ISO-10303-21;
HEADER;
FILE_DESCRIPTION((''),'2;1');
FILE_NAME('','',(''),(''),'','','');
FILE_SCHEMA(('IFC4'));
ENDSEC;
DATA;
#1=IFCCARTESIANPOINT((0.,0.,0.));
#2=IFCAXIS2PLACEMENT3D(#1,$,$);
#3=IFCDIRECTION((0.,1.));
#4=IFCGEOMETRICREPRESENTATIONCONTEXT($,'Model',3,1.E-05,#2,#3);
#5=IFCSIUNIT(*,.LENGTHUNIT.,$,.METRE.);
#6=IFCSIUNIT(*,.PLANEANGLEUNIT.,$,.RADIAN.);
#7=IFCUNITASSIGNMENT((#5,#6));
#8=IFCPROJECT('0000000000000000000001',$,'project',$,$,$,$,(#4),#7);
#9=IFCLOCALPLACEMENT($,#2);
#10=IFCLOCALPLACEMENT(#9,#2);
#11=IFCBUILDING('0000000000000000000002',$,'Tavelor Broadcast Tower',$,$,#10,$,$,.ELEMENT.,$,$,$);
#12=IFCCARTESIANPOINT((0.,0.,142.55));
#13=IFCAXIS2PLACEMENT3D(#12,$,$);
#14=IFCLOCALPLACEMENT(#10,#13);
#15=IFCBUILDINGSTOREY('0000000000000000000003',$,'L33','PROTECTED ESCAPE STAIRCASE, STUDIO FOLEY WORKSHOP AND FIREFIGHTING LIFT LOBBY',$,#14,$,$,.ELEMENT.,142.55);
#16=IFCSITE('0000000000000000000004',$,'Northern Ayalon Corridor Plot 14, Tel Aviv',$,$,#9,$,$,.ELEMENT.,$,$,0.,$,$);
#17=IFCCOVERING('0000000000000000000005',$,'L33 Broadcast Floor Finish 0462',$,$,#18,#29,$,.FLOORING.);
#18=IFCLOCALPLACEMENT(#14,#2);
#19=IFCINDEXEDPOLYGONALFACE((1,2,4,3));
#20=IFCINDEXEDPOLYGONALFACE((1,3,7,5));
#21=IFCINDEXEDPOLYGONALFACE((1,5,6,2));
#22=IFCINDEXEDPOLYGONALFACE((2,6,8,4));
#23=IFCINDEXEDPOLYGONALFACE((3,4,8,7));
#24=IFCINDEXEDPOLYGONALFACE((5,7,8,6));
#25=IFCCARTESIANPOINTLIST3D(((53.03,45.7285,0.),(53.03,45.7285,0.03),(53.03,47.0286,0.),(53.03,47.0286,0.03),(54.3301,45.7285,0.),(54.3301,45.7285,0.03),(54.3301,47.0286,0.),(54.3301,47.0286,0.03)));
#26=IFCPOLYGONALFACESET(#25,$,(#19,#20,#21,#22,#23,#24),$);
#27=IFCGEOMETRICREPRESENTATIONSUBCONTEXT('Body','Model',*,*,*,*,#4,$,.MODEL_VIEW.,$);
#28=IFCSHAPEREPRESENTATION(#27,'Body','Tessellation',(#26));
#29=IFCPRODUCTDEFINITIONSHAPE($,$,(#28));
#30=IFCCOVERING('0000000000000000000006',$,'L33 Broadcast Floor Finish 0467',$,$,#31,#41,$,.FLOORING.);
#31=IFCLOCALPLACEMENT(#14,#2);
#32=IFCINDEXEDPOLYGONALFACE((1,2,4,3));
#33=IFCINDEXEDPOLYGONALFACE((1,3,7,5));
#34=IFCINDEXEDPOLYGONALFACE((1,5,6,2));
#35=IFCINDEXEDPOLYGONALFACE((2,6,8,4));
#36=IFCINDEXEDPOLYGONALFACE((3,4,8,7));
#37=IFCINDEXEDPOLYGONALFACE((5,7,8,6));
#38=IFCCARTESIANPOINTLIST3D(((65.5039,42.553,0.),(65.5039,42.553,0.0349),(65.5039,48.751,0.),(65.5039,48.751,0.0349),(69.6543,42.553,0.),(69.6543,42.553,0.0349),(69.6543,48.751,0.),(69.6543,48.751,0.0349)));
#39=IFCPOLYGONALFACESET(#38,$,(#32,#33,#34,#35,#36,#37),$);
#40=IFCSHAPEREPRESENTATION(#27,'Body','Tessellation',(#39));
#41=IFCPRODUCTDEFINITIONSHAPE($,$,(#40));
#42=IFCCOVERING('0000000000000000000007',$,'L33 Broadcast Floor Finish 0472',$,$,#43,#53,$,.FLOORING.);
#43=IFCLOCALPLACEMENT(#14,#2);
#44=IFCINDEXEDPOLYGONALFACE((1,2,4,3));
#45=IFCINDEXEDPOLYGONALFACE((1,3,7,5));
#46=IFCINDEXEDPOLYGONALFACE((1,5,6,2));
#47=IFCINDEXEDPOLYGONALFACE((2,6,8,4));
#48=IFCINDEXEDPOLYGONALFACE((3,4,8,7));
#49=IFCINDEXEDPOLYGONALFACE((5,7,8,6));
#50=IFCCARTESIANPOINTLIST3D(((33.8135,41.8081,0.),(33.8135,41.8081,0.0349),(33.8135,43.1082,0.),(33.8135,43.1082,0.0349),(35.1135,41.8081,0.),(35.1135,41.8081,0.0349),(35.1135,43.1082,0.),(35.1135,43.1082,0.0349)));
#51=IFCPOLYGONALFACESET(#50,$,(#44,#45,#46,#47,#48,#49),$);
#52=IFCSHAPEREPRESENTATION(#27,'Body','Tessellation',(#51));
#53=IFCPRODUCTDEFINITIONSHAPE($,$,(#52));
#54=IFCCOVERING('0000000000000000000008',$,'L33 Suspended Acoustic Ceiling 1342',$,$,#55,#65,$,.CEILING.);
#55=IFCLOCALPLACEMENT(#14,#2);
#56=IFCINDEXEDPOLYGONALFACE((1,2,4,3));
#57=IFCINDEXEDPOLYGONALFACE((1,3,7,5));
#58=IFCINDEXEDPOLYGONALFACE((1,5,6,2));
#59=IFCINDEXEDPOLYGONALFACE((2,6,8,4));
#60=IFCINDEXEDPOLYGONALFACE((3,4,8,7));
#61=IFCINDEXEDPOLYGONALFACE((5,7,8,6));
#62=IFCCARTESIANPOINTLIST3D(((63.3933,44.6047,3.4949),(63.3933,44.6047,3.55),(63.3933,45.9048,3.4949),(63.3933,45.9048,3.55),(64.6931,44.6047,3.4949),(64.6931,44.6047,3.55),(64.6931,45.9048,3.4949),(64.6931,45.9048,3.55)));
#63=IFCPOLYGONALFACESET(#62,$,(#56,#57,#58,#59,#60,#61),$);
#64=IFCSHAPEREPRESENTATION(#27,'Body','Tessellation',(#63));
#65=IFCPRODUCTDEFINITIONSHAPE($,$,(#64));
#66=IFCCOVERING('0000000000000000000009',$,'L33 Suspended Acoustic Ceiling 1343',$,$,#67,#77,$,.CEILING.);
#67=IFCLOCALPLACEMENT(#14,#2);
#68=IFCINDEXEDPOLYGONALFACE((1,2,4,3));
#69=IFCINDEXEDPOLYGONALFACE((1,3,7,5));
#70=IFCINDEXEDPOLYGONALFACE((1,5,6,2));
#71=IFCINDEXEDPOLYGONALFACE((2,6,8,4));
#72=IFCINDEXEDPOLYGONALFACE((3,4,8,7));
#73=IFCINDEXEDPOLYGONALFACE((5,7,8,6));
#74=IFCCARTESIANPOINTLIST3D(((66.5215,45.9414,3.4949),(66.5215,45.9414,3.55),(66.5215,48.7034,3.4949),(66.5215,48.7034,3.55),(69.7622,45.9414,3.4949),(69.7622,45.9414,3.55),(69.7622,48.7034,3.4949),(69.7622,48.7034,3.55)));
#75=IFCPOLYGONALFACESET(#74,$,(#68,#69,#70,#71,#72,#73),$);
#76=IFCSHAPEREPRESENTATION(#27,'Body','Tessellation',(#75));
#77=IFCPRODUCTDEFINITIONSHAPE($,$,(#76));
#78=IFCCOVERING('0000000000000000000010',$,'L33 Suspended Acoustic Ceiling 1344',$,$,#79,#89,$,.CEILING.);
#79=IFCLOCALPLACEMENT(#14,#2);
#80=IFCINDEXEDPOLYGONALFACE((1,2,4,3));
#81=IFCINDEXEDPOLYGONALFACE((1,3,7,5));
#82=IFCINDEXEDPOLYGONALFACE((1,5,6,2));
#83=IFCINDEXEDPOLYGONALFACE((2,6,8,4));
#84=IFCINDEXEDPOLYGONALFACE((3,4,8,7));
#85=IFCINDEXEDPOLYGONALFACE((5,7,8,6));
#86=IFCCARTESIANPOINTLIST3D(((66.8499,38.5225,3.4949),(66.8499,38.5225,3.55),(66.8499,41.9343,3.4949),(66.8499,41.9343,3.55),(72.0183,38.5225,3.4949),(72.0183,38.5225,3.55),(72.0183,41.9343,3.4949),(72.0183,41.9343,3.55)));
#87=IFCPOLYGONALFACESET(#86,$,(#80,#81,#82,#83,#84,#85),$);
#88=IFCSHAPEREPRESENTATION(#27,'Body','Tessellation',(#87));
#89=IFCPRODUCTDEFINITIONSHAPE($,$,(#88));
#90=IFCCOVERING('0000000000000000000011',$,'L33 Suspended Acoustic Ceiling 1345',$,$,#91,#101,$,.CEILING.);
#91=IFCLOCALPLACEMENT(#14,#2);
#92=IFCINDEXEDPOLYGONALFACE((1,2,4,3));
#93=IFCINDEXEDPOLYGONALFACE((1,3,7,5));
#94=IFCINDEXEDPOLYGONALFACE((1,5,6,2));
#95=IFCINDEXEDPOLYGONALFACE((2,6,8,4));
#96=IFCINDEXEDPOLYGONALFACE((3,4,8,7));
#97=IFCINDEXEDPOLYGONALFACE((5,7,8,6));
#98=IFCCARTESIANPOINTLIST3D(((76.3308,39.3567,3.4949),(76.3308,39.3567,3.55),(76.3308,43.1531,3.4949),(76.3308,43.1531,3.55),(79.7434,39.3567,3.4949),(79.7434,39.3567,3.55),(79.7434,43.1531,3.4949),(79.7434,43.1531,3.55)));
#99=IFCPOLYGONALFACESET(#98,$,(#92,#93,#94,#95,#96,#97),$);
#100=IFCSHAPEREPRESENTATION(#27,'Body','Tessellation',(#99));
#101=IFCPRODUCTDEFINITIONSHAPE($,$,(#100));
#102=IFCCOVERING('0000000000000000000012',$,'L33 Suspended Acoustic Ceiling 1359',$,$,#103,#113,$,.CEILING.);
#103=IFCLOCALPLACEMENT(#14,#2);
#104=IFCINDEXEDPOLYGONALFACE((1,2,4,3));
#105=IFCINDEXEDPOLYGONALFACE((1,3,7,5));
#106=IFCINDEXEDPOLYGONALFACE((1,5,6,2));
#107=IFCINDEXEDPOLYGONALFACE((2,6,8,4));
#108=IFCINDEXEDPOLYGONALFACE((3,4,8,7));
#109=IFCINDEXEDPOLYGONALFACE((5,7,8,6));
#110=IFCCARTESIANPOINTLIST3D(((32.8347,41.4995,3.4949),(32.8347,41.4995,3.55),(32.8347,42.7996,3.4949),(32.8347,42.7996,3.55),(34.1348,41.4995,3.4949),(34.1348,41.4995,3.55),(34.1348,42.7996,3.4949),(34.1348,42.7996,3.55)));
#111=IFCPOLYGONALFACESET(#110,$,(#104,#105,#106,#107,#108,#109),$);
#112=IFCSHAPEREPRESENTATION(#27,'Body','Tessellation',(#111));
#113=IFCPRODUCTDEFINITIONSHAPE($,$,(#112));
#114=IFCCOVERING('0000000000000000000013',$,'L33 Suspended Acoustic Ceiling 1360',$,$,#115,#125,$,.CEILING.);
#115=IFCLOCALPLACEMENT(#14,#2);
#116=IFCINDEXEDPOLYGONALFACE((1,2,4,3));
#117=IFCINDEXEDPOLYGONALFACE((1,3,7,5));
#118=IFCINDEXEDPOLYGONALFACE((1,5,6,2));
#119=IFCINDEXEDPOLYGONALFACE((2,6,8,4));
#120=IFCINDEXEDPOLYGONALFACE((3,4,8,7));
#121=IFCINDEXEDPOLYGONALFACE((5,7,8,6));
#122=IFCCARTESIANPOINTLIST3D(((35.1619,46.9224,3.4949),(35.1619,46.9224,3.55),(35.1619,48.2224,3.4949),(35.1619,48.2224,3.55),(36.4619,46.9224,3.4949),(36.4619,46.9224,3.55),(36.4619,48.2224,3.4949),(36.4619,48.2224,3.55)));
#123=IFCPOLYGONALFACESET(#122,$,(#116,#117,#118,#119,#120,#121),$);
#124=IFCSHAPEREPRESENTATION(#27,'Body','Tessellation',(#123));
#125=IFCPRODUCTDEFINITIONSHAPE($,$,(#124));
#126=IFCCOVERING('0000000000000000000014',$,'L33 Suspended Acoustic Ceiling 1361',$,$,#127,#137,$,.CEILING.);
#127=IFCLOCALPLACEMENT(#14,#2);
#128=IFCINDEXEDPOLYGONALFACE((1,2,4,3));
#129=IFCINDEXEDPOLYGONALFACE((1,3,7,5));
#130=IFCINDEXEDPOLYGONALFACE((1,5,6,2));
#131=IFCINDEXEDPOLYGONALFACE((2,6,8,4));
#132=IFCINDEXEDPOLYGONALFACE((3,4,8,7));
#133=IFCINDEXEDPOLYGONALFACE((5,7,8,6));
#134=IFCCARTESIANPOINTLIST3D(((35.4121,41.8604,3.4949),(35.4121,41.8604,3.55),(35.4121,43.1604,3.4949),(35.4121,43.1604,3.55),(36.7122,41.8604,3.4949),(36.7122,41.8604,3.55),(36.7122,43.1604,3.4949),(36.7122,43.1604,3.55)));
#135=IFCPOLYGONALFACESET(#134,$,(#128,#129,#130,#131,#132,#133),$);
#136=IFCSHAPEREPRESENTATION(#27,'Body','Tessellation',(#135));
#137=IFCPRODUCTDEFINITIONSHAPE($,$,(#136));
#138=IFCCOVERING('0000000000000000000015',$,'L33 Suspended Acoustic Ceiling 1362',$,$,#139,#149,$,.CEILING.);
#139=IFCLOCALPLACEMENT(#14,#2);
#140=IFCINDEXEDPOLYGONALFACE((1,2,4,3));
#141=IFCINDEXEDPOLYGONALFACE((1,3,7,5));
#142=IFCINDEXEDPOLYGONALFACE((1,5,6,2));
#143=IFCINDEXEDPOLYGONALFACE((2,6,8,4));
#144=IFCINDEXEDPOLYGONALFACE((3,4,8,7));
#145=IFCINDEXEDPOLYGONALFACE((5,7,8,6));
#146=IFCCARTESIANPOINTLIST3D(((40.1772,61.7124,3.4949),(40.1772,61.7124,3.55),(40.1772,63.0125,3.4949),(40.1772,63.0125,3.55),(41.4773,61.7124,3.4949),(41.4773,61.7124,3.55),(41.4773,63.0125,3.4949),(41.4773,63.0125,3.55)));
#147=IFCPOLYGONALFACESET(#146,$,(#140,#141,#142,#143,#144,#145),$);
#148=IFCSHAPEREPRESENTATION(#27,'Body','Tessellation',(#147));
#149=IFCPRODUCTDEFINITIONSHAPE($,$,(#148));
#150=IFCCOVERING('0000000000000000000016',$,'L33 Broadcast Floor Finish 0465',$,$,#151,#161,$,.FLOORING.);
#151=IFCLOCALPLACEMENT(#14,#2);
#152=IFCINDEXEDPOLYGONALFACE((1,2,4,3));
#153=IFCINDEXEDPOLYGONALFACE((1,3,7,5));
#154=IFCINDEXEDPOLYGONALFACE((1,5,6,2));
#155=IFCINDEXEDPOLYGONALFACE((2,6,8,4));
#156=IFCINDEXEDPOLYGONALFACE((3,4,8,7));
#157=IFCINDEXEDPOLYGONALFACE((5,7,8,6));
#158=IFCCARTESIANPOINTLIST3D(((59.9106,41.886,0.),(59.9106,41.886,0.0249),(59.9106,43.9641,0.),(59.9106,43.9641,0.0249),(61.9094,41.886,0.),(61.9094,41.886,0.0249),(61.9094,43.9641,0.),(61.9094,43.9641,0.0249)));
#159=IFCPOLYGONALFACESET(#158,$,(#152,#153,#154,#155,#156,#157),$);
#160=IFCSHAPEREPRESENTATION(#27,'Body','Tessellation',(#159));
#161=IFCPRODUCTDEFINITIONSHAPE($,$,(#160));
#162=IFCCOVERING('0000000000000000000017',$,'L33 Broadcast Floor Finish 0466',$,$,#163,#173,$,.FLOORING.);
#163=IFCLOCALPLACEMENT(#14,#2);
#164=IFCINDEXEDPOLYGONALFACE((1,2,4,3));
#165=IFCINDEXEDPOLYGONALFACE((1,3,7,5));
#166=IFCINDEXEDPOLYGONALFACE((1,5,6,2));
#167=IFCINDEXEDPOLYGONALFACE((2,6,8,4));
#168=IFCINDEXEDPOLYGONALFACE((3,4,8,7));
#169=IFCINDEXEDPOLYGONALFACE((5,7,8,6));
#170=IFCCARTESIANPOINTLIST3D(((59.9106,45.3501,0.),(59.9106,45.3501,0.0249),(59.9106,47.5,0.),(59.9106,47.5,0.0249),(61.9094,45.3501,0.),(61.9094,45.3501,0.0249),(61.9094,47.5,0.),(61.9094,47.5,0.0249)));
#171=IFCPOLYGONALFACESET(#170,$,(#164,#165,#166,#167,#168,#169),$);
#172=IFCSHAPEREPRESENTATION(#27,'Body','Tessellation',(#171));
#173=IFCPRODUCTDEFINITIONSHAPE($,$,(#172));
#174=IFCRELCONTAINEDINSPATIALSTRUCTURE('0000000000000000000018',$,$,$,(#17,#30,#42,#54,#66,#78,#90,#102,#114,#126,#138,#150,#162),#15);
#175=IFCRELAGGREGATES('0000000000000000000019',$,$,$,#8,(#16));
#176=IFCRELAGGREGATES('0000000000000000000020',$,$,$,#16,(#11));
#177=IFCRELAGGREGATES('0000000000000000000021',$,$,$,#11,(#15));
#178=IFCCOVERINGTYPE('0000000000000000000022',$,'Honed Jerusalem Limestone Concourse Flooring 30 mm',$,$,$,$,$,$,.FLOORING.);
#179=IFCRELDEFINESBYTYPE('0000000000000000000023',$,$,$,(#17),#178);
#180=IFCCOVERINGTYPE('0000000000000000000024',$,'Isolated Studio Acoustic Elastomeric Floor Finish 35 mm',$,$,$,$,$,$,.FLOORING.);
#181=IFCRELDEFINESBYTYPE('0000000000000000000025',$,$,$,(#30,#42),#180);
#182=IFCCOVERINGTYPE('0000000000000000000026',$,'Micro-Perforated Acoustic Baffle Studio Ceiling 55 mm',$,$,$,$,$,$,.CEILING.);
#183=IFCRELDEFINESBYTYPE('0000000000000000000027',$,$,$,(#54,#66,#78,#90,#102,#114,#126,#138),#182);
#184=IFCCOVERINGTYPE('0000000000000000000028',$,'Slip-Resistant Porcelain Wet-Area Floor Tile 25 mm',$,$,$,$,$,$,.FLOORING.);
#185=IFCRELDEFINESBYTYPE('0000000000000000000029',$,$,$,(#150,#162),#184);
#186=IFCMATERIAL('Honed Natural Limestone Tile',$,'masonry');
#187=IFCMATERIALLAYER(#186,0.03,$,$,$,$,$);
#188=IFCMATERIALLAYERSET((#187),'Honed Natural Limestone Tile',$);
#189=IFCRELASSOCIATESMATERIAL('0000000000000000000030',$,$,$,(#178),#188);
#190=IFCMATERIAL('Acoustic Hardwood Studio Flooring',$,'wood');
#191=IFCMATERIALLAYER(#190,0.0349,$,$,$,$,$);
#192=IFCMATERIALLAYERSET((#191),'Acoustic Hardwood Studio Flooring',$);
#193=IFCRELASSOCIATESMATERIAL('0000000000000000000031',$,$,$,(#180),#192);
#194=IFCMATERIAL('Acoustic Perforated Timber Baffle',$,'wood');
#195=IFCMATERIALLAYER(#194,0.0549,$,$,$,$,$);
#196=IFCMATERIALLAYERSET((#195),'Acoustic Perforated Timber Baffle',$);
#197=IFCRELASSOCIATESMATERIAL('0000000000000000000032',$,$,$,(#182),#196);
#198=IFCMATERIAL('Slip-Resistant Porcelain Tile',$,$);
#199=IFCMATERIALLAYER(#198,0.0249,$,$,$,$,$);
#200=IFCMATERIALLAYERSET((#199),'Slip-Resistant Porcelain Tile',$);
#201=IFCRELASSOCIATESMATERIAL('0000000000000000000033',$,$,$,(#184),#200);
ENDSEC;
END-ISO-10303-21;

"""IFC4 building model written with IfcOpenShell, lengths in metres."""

from ifc_helpers import new_model, si_unit, direction, frame, origin, place, context, subcontext, project, spatial, polyline, outline, extrude, material, layer, layer_set, type_object, element, save


model = new_model("IFC4")

# Units and contexts
model_context = context("Model", 3, precision=1e-05, world=origin(), true_north=direction((0.0, 1.0)))
body_context = subcontext(model_context, "Body", "Model", "MODEL_VIEW")
ifc_project = project(units=[si_unit("LENGTHUNIT", "METRE"), si_unit("PLANEANGLEUNIT", "RADIAN")], contexts=[model_context])

# Site, building, storey
site_placement = place(None, origin())
site = spatial("IfcSite", under=ifc_project, at=site_placement, Name="Northern Ayalon Corridor Plot 14, Tel Aviv", CompositionType="ELEMENT", RefElevation=0.0)
building_placement = place(site_placement, origin())
building = spatial("IfcBuilding", under=site, at=building_placement, Name="Tavelor Broadcast Tower", CompositionType="ELEMENT")
storey_placement = place(building_placement, frame((0.0, 0.0, 142.55)))
storey = spatial("IfcBuildingStorey", under=building, at=storey_placement, Name="L33", Description="PROTECTED ESCAPE STAIRCASE, STUDIO FOLEY WORKSHOP AND FIREFIGHTING LIFT LOBBY", CompositionType="ELEMENT", Elevation=142.55)

# Coverings
ifc_material_1 = material(Name="Honed Natural Limestone Tile", Category="masonry")
ifc_layer_1 = layer(ifc_material_1, 0.03)
ifc_layer_set_1 = layer_set([ifc_layer_1], Name="Honed Natural Limestone Tile")
covering_type_1 = type_object("IfcCoveringType", Name="Honed Jerusalem Limestone Concourse Flooring 30 mm", PredefinedType="FLOORING", material=ifc_layer_set_1)
covering_1_placement = place(storey_placement, origin())
element("IfcCovering", 1, at=covering_1_placement, inside=storey, type_object=covering_type_1, Name="L33 Broadcast Floor Finish 0462", PredefinedType="FLOORING", context=body_context, shape_type="SweptSolid", body=[
    extrude(outline(polyline([(53.03, 45.7285), (54.3301, 45.7285), (54.3301, 47.0286), (53.03, 47.0286), (53.03, 45.7285)])), origin(), (0.0, 0.0, 1.0), 0.03),
])
ifc_material_2 = material(Name="Acoustic Hardwood Studio Flooring", Category="wood")
ifc_layer_2 = layer(ifc_material_2, 0.0349)
ifc_layer_set_2 = layer_set([ifc_layer_2], Name="Acoustic Hardwood Studio Flooring")
covering_type_2 = type_object("IfcCoveringType", Name="Isolated Studio Acoustic Elastomeric Floor Finish 35 mm", PredefinedType="FLOORING", material=ifc_layer_set_2)
covering_2_placement = place(storey_placement, origin())
element("IfcCovering", 2, at=covering_2_placement, inside=storey, type_object=covering_type_2, Name="L33 Broadcast Floor Finish 0467", PredefinedType="FLOORING", context=body_context, shape_type="SweptSolid", body=[
    extrude(outline(polyline([(65.5039, 42.553), (69.6543, 42.553), (69.6543, 48.751), (65.5039, 48.751), (65.5039, 42.553)])), origin(), (0.0, 0.0, 1.0), 0.0349),
])
covering_3_placement = place(storey_placement, origin())
element("IfcCovering", 3, at=covering_3_placement, inside=storey, type_object=covering_type_2, Name="L33 Broadcast Floor Finish 0472", PredefinedType="FLOORING", context=body_context, shape_type="SweptSolid", body=[
    extrude(outline(polyline([(33.8135, 41.8081), (35.1135, 41.8081), (35.1135, 43.1082), (33.8135, 43.1082), (33.8135, 41.8081)])), origin(), (0.0, 0.0, 1.0), 0.0349),
])
ifc_material_3 = material(Name="Acoustic Perforated Timber Baffle", Category="wood")
ifc_layer_3 = layer(ifc_material_3, 0.0549)
ifc_layer_set_3 = layer_set([ifc_layer_3], Name="Acoustic Perforated Timber Baffle")
covering_type_3 = type_object("IfcCoveringType", Name="Micro-Perforated Acoustic Baffle Studio Ceiling 55 mm", PredefinedType="CEILING", material=ifc_layer_set_3)
covering_4_placement = place(storey_placement, frame((0.0, 0.0, 3.4949)))
element("IfcCovering", 4, at=covering_4_placement, inside=storey, type_object=covering_type_3, Name="L33 Suspended Acoustic Ceiling 1342", PredefinedType="CEILING", context=body_context, shape_type="SweptSolid", body=[
    extrude(outline(polyline([(63.3933, 44.6047), (64.6931, 44.6047), (64.6931, 45.9048), (63.3933, 45.9048), (63.3933, 44.6047)])), origin(), (0.0, 0.0, 1.0), 0.0552),
])
covering_5_placement = place(storey_placement, frame((0.0, 0.0, 3.4949)))
element("IfcCovering", 5, at=covering_5_placement, inside=storey, type_object=covering_type_3, Name="L33 Suspended Acoustic Ceiling 1343", PredefinedType="CEILING", context=body_context, shape_type="SweptSolid", body=[
    extrude(outline(polyline([(66.5215, 45.9414), (69.7622, 45.9414), (69.7622, 48.7034), (66.5215, 48.7034), (66.5215, 45.9414)])), origin(), (0.0, 0.0, 1.0), 0.0552),
])
covering_6_placement = place(storey_placement, frame((0.0, 0.0, 3.4949)))
element("IfcCovering", 6, at=covering_6_placement, inside=storey, type_object=covering_type_3, Name="L33 Suspended Acoustic Ceiling 1344", PredefinedType="CEILING", context=body_context, shape_type="SweptSolid", body=[
    extrude(outline(polyline([(66.8499, 38.5225), (72.0183, 38.5225), (72.0183, 41.9343), (66.8499, 41.9343), (66.8499, 38.5225)])), origin(), (0.0, 0.0, 1.0), 0.0552),
])
covering_7_placement = place(storey_placement, frame((0.0, 0.0, 3.4949)))
element("IfcCovering", 7, at=covering_7_placement, inside=storey, type_object=covering_type_3, Name="L33 Suspended Acoustic Ceiling 1345", PredefinedType="CEILING", context=body_context, shape_type="SweptSolid", body=[
    extrude(outline(polyline([(76.3308, 39.3567), (79.7434, 39.3567), (79.7434, 43.1531), (76.3308, 43.1531), (76.3308, 39.3567)])), origin(), (0.0, 0.0, 1.0), 0.0552),
])
covering_8_placement = place(storey_placement, frame((0.0, 0.0, 3.4949)))
element("IfcCovering", 8, at=covering_8_placement, inside=storey, type_object=covering_type_3, Name="L33 Suspended Acoustic Ceiling 1359", PredefinedType="CEILING", context=body_context, shape_type="SweptSolid", body=[
    extrude(outline(polyline([(32.8347, 41.4995), (34.1348, 41.4995), (34.1348, 42.7996), (32.8347, 42.7996), (32.8347, 41.4995)])), origin(), (0.0, 0.0, 1.0), 0.0552),
])
covering_9_placement = place(storey_placement, frame((0.0, 0.0, 3.4949)))
element("IfcCovering", 9, at=covering_9_placement, inside=storey, type_object=covering_type_3, Name="L33 Suspended Acoustic Ceiling 1360", PredefinedType="CEILING", context=body_context, shape_type="SweptSolid", body=[
    extrude(outline(polyline([(35.1619, 46.9224), (36.4619, 46.9224), (36.4619, 48.2224), (35.1619, 48.2224), (35.1619, 46.9224)])), origin(), (0.0, 0.0, 1.0), 0.0552),
])
covering_10_placement = place(storey_placement, frame((0.0, 0.0, 3.4949)))
element("IfcCovering", 10, at=covering_10_placement, inside=storey, type_object=covering_type_3, Name="L33 Suspended Acoustic Ceiling 1361", PredefinedType="CEILING", context=body_context, shape_type="SweptSolid", body=[
    extrude(outline(polyline([(35.4121, 41.8604), (36.7122, 41.8604), (36.7122, 43.1604), (35.4121, 43.1604), (35.4121, 41.8604)])), origin(), (0.0, 0.0, 1.0), 0.0552),
])
covering_11_placement = place(storey_placement, frame((0.0, 0.0, 3.4949)))
element("IfcCovering", 11, at=covering_11_placement, inside=storey, type_object=covering_type_3, Name="L33 Suspended Acoustic Ceiling 1362", PredefinedType="CEILING", context=body_context, shape_type="SweptSolid", body=[
    extrude(outline(polyline([(40.1772, 61.7124), (41.4773, 61.7124), (41.4773, 63.0125), (40.1772, 63.0125), (40.1772, 61.7124)])), origin(), (0.0, 0.0, 1.0), 0.0552),
])
ifc_material_4 = material(Name="Slip-Resistant Porcelain Tile")
ifc_layer_4 = layer(ifc_material_4, 0.0249)
ifc_layer_set_4 = layer_set([ifc_layer_4], Name="Slip-Resistant Porcelain Tile")
covering_type_4 = type_object("IfcCoveringType", Name="Slip-Resistant Porcelain Wet-Area Floor Tile 25 mm", PredefinedType="FLOORING", material=ifc_layer_set_4)
covering_12_placement = place(storey_placement, origin())
element("IfcCovering", 12, at=covering_12_placement, inside=storey, type_object=covering_type_4, Name="L33 Broadcast Floor Finish 0465", PredefinedType="FLOORING", context=body_context, shape_type="SweptSolid", body=[
    extrude(outline(polyline([(59.9106, 41.886), (61.9094, 41.886), (61.9094, 43.9641), (59.9106, 43.9641), (59.9106, 41.886)])), origin(), (0.0, 0.0, 1.0), 0.0249),
])
covering_13_placement = place(storey_placement, origin())
element("IfcCovering", 13, at=covering_13_placement, inside=storey, type_object=covering_type_4, Name="L33 Broadcast Floor Finish 0466", PredefinedType="FLOORING", context=body_context, shape_type="SweptSolid", body=[
    extrude(outline(polyline([(59.9106, 45.3501), (61.9094, 45.3501), (61.9094, 47.5), (59.9106, 47.5), (59.9106, 45.3501)])), origin(), (0.0, 0.0, 1.0), 0.0249),
])

save(model, "model.ifc")
